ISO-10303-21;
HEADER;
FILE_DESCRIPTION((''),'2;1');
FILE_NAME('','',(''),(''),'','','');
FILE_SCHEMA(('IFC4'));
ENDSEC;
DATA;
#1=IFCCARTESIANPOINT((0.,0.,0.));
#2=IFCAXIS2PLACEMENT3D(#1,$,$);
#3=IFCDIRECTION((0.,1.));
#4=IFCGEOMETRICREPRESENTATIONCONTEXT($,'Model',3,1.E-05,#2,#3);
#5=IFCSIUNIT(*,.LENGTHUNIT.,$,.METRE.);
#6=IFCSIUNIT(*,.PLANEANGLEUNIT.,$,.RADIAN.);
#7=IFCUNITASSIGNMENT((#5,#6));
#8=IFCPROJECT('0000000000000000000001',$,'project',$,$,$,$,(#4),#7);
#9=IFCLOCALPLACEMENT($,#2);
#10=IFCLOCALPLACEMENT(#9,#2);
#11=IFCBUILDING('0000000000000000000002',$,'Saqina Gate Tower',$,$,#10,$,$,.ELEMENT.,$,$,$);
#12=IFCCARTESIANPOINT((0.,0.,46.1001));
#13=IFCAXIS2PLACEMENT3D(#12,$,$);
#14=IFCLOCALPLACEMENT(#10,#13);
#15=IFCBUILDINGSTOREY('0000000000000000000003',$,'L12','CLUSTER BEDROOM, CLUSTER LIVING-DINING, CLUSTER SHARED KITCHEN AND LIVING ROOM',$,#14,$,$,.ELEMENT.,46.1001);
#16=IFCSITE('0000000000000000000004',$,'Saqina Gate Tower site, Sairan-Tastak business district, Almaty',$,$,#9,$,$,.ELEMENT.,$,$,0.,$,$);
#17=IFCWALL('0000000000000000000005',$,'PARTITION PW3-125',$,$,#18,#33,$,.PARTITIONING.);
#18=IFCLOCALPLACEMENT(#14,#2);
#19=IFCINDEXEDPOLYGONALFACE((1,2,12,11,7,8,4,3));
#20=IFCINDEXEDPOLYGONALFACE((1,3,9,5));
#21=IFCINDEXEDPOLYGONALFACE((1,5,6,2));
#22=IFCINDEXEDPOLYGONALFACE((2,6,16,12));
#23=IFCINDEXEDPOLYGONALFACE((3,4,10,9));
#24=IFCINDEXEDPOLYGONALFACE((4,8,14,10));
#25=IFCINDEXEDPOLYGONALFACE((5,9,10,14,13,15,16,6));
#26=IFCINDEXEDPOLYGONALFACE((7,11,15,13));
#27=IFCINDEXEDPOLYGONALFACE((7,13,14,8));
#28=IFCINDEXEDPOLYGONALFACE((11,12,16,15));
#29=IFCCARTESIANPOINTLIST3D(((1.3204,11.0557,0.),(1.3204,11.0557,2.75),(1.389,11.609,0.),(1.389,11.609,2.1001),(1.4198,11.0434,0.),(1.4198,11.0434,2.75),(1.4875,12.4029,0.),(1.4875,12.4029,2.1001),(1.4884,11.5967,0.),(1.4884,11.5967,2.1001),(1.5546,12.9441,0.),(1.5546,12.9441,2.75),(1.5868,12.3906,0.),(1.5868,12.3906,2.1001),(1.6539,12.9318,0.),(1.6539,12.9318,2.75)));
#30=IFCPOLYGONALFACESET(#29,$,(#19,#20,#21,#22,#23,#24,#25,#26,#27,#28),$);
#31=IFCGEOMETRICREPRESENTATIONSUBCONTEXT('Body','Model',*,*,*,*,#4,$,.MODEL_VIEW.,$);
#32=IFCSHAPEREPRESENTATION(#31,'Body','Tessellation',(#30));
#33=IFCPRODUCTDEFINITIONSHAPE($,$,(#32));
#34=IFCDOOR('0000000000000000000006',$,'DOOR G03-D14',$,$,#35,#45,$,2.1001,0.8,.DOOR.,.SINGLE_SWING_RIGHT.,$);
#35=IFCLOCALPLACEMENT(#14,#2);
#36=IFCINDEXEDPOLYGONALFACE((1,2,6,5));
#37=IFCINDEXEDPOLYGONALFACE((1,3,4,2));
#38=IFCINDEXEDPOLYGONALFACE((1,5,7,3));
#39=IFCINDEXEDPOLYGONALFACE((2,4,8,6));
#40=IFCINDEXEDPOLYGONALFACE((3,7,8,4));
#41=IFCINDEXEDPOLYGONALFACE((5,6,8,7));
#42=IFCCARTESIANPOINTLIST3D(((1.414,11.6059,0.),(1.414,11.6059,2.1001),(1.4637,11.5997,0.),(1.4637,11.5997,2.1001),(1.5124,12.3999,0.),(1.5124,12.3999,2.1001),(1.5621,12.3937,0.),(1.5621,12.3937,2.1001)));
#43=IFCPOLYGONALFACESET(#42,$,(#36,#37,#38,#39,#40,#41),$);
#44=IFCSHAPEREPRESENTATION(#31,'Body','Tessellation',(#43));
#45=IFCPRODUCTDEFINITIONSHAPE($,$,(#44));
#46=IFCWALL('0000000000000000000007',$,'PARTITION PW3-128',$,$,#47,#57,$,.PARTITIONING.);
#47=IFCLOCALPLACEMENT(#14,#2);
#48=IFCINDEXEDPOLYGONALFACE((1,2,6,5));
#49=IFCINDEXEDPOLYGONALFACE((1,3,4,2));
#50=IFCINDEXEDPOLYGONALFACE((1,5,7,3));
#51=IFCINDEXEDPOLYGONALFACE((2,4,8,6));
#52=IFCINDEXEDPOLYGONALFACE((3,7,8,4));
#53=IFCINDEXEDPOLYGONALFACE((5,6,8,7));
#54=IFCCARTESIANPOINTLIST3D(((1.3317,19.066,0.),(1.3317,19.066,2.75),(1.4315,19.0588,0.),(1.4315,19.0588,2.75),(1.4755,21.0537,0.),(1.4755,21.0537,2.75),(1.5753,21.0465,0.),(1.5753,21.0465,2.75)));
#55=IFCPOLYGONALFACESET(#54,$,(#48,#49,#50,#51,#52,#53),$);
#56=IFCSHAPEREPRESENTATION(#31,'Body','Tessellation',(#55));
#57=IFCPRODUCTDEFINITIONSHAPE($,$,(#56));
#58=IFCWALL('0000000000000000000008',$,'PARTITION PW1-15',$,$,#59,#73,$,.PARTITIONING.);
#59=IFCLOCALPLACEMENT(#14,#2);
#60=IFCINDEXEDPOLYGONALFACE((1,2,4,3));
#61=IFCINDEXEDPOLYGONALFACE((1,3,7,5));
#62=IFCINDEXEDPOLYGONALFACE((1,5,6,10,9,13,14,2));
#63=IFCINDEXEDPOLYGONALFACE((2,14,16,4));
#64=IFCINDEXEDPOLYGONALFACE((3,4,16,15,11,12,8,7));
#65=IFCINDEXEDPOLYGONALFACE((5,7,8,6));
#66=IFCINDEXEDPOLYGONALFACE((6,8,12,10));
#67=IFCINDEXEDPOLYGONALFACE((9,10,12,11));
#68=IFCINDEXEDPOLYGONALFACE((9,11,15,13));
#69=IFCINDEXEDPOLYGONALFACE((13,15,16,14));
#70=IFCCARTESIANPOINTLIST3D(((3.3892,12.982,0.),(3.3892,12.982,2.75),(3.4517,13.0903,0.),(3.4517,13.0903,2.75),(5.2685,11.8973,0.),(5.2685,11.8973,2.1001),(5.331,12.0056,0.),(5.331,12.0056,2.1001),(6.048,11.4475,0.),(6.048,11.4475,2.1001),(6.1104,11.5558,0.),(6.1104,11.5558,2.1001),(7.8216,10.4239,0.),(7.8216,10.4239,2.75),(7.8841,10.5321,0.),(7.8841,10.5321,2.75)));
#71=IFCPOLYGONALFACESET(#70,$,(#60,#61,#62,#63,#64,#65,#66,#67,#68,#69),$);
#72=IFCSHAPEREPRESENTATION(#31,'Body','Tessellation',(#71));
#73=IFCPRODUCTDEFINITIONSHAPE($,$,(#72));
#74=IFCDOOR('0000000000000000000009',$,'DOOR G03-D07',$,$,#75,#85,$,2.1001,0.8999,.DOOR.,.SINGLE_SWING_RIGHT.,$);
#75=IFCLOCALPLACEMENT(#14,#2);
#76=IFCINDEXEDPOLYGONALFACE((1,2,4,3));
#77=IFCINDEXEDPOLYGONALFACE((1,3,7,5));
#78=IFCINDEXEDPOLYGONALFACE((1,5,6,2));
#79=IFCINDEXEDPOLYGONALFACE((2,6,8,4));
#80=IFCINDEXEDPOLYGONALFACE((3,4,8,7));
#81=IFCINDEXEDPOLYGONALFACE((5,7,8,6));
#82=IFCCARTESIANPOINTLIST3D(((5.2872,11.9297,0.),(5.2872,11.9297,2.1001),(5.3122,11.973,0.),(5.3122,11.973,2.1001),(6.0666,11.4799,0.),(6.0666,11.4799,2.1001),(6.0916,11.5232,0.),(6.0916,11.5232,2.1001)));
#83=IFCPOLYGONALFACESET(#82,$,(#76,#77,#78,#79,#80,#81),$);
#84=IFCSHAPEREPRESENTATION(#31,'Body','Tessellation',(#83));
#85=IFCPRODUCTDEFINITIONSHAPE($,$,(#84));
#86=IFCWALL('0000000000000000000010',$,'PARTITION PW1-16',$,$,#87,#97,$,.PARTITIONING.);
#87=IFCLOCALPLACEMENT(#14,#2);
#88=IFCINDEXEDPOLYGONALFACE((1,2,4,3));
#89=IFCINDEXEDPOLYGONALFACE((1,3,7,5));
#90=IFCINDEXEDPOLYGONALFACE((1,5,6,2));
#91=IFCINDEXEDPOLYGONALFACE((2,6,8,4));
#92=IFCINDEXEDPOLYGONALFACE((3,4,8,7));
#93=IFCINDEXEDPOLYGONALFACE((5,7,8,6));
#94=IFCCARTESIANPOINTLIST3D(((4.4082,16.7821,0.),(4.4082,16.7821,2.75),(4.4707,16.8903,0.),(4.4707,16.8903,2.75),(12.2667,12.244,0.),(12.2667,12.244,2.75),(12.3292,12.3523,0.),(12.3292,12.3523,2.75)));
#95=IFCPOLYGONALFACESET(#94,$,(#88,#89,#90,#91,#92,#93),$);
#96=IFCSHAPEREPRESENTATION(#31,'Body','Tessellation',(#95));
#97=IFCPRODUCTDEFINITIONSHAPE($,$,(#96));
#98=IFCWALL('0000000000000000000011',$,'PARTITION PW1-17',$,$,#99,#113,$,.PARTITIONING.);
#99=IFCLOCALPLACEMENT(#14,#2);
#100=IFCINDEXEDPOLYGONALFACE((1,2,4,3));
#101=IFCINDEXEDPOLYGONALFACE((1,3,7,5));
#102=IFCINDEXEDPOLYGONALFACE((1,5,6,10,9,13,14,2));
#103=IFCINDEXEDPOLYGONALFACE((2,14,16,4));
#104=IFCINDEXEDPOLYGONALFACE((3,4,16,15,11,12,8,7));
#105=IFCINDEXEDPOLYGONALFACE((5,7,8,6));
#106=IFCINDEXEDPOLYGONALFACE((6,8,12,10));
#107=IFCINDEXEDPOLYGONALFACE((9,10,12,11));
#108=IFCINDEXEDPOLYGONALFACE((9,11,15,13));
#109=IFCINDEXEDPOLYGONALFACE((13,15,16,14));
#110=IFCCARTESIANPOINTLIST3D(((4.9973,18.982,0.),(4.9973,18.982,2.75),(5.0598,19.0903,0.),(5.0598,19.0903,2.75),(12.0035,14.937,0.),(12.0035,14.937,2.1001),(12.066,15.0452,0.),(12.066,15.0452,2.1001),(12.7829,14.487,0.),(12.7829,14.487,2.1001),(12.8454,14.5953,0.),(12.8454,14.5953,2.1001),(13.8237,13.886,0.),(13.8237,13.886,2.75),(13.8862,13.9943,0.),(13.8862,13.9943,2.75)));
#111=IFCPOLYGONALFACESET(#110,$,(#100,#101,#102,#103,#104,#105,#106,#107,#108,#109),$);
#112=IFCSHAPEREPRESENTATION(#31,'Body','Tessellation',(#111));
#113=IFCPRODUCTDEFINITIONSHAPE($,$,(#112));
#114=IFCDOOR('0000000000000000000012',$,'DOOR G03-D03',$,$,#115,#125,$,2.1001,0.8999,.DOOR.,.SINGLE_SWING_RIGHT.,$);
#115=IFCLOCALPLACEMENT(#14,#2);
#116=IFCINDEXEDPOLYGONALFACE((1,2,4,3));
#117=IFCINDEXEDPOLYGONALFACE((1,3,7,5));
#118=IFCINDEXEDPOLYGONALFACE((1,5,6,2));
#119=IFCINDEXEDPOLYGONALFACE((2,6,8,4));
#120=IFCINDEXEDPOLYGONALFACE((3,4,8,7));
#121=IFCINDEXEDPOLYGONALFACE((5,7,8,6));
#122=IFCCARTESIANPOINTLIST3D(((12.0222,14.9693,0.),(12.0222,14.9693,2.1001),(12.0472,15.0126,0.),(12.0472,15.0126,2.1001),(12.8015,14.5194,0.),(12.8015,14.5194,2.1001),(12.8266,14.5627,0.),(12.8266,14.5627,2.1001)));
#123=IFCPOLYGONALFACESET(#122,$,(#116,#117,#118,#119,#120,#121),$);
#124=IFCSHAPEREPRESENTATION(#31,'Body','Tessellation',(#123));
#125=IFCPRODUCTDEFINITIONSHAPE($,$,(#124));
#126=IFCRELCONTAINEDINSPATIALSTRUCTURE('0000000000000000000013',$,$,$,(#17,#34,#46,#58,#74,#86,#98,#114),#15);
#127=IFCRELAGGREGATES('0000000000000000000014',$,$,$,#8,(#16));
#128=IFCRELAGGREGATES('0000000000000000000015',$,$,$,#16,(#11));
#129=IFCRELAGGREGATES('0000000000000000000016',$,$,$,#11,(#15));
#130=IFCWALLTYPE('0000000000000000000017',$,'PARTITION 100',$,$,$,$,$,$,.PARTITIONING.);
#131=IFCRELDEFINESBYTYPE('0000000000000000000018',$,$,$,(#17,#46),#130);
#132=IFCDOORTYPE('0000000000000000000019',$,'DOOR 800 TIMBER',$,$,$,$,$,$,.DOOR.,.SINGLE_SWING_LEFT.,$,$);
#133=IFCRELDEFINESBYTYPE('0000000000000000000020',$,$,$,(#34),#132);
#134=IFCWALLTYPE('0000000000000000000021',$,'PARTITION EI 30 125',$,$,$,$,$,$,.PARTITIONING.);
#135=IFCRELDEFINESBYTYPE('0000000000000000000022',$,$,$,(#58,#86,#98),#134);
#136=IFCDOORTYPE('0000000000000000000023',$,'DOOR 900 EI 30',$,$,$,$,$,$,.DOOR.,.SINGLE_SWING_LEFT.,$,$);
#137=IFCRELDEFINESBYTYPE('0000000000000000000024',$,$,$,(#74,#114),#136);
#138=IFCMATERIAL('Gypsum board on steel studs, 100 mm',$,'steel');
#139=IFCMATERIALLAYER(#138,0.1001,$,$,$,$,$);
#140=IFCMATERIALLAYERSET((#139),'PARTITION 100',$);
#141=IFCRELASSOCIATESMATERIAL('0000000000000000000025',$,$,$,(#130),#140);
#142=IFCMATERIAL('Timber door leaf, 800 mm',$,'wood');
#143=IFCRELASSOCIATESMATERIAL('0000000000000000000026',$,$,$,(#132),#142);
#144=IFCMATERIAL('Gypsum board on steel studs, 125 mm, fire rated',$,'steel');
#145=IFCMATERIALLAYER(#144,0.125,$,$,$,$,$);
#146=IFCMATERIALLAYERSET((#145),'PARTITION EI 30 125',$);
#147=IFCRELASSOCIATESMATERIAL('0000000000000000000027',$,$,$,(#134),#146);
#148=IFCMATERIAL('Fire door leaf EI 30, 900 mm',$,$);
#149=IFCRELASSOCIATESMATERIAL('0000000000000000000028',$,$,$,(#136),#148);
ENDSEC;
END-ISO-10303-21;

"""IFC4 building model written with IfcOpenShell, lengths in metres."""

from ifc_helpers import new_model, si_unit, direction, frame, frame_2d, origin, place, context, subcontext, project, spatial, rectangle, extrude, material, layer, layer_set, type_object, element, fill, save


model = new_model("IFC4")

# Units and contexts
model_context = context("Model", 3, precision=1e-05, world=origin(), true_north=direction((0.0, 1.0)))
body_context = subcontext(model_context, "Body", "Model", "MODEL_VIEW")
ifc_project = project(units=[si_unit("LENGTHUNIT", "METRE"), si_unit("PLANEANGLEUNIT", "RADIAN")], contexts=[model_context])

# Site, building, storey
site_placement = place(None, origin())
site = spatial("IfcSite", under=ifc_project, at=site_placement, Name="Saqina Gate Tower site, Sairan-Tastak business district, Almaty", CompositionType="ELEMENT", RefElevation=0.0)
building_placement = place(site_placement, origin())
building = spatial("IfcBuilding", under=site, at=building_placement, Name="Saqina Gate Tower", CompositionType="ELEMENT")
storey_placement = place(building_placement, frame((0.0, 0.0, 46.1001)))
storey = spatial("IfcBuildingStorey", under=building, at=storey_placement, Name="L12", Description="CLUSTER BEDROOM, CLUSTER LIVING-DINING, CLUSTER SHARED KITCHEN AND LIVING ROOM", CompositionType="ELEMENT", Elevation=46.1001)

# Shared definitions
ifc_material_1 = material(Name="Gypsum board on steel studs, 100 mm", Category="steel")
ifc_layer_1 = layer(ifc_material_1, 0.1001)
ifc_layer_set_1 = layer_set([ifc_layer_1], Name="PARTITION 100")
wall_type_1 = type_object("IfcWallType", Name="PARTITION 100", PredefinedType="PARTITIONING", material=ifc_layer_set_1)

# Shared definitions
ifc_material_2 = material(Name="Timber door leaf, 800 mm", Category="wood")
door_type_1 = type_object("IfcDoorType", Name="DOOR 800 TIMBER", OperationType="SINGLE_SWING_LEFT", PredefinedType="DOOR", material=ifc_material_2)

# Wall, opening, door
wall_1_placement = place(storey_placement, frame((1.3701, 11.0496, 0.0), z_axis=(0.0, 0.0, 1.0), x_axis=(0.12304, 0.992402, 0.0)))
wall_1 = element("IfcWall", 1, at=wall_1_placement, inside=storey, type_object=wall_type_1, Name="PARTITION PW3-125", PredefinedType="PARTITIONING", context=body_context, shape_type="SweptSolid", body=[
    extrude(rectangle(XDim=1.9028, YDim=0.1001, at=frame_2d((0.9514, 0.0))), origin(), (0.0, 0.0, 1.0), 2.75),
])
opening_1_placement = place(wall_1_placement, frame((0.5576, 0.0, 0.0)))
opening_1 = element("IfcOpeningElement", 2, at=opening_1_placement, cuts=wall_1, PredefinedType="OPENING", context=body_context, shape_type="SweptSolid", body=[
    extrude(rectangle(XDim=0.8, YDim=2.1001, at=frame_2d((0.3999, 1.05))), frame((0.0, 0.062, 0.0), z_axis=(0.0, -1.0, 0.0), x_axis=(1.0, 0.0, 0.0)), (0.0, 0.0, 1.0), 0.124),
])
door_1_placement = place(opening_1_placement, origin())
door_1 = element("IfcDoor", 3, at=door_1_placement, inside=storey, type_object=door_type_1, Name="DOOR G03-D14", OperationType="SINGLE_SWING_RIGHT", OverallHeight=2.1001, OverallWidth=0.8, PredefinedType="DOOR", context=body_context, shape_type="SweptSolid", body=[
    extrude(rectangle(XDim=0.8, YDim=2.1001, at=frame_2d((0.3999, 1.05))), frame((0.0, 0.0249, 0.0), z_axis=(0.0, -1.0, 0.0), x_axis=(1.0, 0.0, 0.0)), (0.0, 0.0, 1.0), 0.05),
])
fill(opening_1, door_1)

# Wall
wall_2_placement = place(storey_placement, frame((1.3816, 19.0623, 0.0), z_axis=(0.0, 0.0, 1.0), x_axis=(0.072152, 0.997394, 0.0)))
element("IfcWall", 4, at=wall_2_placement, inside=storey, type_object=wall_type_1, Name="PARTITION PW3-128", PredefinedType="PARTITIONING", context=body_context, shape_type="SweptSolid", body=[
    extrude(rectangle(XDim=1.9929, YDim=0.1001, at=frame_2d((0.9966, 0.0))), origin(), (0.0, 0.0, 1.0), 2.75),
])

# Wall, opening, door
ifc_material_3 = material(Name="Gypsum board on steel studs, 125 mm, fire rated", Category="steel")
ifc_layer_2 = layer(ifc_material_3, 0.125)
ifc_layer_set_2 = layer_set([ifc_layer_2], Name="PARTITION EI 30 125")
wall_type_2 = type_object("IfcWallType", Name="PARTITION EI 30 125", PredefinedType="PARTITIONING", material=ifc_layer_set_2)
wall_3_placement = place(storey_placement, frame((3.4204, 13.0361, 0.0), z_axis=(0.0, 0.0, 1.0), x_axis=(0.866104, -0.499864, 0.0)))
wall_3 = element("IfcWall", 5, at=wall_3_placement, inside=storey, type_object=wall_type_2, Name="PARTITION PW1-15", PredefinedType="PARTITIONING", context=body_context, shape_type="SweptSolid", body=[
    extrude(rectangle(XDim=5.1177, YDim=0.125, at=frame_2d((2.5588, 0.0))), origin(), (0.0, 0.0, 1.0), 2.75),
])
opening_2_placement = place(wall_3_placement, frame((2.1699, 0.0, 0.0)))
opening_2 = element("IfcOpeningElement", 6, at=opening_2_placement, cuts=wall_3, PredefinedType="OPENING", context=body_context, shape_type="SweptSolid", body=[
    extrude(rectangle(XDim=0.8999, YDim=2.1001, at=frame_2d((0.45, 1.05))), frame((0.0, 0.0745, 0.0), z_axis=(0.0, -1.0, 0.0), x_axis=(1.0, 0.0, 0.0)), (0.0, 0.0, 1.0), 0.1489),
])
ifc_material_4 = material(Name="Fire door leaf EI 30, 900 mm")
door_type_2 = type_object("IfcDoorType", Name="DOOR 900 EI 30", OperationType="SINGLE_SWING_LEFT", PredefinedType="DOOR", material=ifc_material_4)
door_2_placement = place(opening_2_placement, origin())
door_2 = element("IfcDoor", 7, at=door_2_placement, inside=storey, type_object=door_type_2, Name="DOOR G03-D07", OperationType="SINGLE_SWING_RIGHT", OverallHeight=2.1001, OverallWidth=0.8999, PredefinedType="DOOR", context=body_context, shape_type="SweptSolid", body=[
    extrude(rectangle(XDim=0.8999, YDim=2.1001, at=frame_2d((0.45, 1.05))), frame((0.0, 0.0249, 0.0), z_axis=(0.0, -1.0, 0.0), x_axis=(1.0, 0.0, 0.0)), (0.0, 0.0, 1.0), 0.05),
])
fill(opening_2, door_2)

# Wall
wall_4_placement = place(storey_placement, frame((4.4395, 16.8362, 0.0), z_axis=(0.0, 0.0, 1.0), x_axis=(0.865983, -0.500074, 0.0)))
element("IfcWall", 8, at=wall_4_placement, inside=storey, type_object=wall_type_2, Name="PARTITION PW1-16", PredefinedType="PARTITIONING", context=body_context, shape_type="SweptSolid", body=[
    extrude(rectangle(XDim=9.0747, YDim=0.125, at=frame_2d((4.5374, 0.0))), origin(), (0.0, 0.0, 1.0), 2.75),
])

# Wall, opening, door
wall_5_placement = place(storey_placement, frame((5.0286, 19.0361, 0.0), z_axis=(0.0, 0.0, 1.0), x_axis=(0.866025, -0.500001, 0.0)))
wall_5 = element("IfcWall", 9, at=wall_5_placement, inside=storey, type_object=wall_type_2, Name="PARTITION PW1-17", PredefinedType="PARTITIONING", context=body_context, shape_type="SweptSolid", body=[
    extrude(rectangle(XDim=10.1919, YDim=0.125, at=frame_2d((5.0959, 0.0))), origin(), (0.0, 0.0, 1.0), 2.75),
])
opening_3_placement = place(wall_5_placement, frame((8.0901, 0.0, 0.0)))
opening_3 = element("IfcOpeningElement", 10, at=opening_3_placement, cuts=wall_5, PredefinedType="OPENING", context=body_context, shape_type="SweptSolid", body=[
    extrude(rectangle(XDim=0.8999, YDim=2.1001, at=frame_2d((0.45, 1.05))), frame((0.0, 0.0745, 0.0), z_axis=(0.0, -1.0, 0.0), x_axis=(1.0, 0.0, 0.0)), (0.0, 0.0, 1.0), 0.1489),
])
door_3_placement = place(opening_3_placement, origin())
door_3 = element("IfcDoor", 11, at=door_3_placement, inside=storey, type_object=door_type_2, Name="DOOR G03-D03", OperationType="SINGLE_SWING_RIGHT", OverallHeight=2.1001, OverallWidth=0.8999, PredefinedType="DOOR", context=body_context, shape_type="SweptSolid", body=[
    extrude(rectangle(XDim=0.8999, YDim=2.1001, at=frame_2d((0.45, 1.05))), frame((0.0, 0.0249, 0.0), z_axis=(0.0, -1.0, 0.0), x_axis=(1.0, 0.0, 0.0)), (0.0, 0.0, 1.0), 0.05),
])
fill(opening_3, door_3)

save(model, "model.ifc")
